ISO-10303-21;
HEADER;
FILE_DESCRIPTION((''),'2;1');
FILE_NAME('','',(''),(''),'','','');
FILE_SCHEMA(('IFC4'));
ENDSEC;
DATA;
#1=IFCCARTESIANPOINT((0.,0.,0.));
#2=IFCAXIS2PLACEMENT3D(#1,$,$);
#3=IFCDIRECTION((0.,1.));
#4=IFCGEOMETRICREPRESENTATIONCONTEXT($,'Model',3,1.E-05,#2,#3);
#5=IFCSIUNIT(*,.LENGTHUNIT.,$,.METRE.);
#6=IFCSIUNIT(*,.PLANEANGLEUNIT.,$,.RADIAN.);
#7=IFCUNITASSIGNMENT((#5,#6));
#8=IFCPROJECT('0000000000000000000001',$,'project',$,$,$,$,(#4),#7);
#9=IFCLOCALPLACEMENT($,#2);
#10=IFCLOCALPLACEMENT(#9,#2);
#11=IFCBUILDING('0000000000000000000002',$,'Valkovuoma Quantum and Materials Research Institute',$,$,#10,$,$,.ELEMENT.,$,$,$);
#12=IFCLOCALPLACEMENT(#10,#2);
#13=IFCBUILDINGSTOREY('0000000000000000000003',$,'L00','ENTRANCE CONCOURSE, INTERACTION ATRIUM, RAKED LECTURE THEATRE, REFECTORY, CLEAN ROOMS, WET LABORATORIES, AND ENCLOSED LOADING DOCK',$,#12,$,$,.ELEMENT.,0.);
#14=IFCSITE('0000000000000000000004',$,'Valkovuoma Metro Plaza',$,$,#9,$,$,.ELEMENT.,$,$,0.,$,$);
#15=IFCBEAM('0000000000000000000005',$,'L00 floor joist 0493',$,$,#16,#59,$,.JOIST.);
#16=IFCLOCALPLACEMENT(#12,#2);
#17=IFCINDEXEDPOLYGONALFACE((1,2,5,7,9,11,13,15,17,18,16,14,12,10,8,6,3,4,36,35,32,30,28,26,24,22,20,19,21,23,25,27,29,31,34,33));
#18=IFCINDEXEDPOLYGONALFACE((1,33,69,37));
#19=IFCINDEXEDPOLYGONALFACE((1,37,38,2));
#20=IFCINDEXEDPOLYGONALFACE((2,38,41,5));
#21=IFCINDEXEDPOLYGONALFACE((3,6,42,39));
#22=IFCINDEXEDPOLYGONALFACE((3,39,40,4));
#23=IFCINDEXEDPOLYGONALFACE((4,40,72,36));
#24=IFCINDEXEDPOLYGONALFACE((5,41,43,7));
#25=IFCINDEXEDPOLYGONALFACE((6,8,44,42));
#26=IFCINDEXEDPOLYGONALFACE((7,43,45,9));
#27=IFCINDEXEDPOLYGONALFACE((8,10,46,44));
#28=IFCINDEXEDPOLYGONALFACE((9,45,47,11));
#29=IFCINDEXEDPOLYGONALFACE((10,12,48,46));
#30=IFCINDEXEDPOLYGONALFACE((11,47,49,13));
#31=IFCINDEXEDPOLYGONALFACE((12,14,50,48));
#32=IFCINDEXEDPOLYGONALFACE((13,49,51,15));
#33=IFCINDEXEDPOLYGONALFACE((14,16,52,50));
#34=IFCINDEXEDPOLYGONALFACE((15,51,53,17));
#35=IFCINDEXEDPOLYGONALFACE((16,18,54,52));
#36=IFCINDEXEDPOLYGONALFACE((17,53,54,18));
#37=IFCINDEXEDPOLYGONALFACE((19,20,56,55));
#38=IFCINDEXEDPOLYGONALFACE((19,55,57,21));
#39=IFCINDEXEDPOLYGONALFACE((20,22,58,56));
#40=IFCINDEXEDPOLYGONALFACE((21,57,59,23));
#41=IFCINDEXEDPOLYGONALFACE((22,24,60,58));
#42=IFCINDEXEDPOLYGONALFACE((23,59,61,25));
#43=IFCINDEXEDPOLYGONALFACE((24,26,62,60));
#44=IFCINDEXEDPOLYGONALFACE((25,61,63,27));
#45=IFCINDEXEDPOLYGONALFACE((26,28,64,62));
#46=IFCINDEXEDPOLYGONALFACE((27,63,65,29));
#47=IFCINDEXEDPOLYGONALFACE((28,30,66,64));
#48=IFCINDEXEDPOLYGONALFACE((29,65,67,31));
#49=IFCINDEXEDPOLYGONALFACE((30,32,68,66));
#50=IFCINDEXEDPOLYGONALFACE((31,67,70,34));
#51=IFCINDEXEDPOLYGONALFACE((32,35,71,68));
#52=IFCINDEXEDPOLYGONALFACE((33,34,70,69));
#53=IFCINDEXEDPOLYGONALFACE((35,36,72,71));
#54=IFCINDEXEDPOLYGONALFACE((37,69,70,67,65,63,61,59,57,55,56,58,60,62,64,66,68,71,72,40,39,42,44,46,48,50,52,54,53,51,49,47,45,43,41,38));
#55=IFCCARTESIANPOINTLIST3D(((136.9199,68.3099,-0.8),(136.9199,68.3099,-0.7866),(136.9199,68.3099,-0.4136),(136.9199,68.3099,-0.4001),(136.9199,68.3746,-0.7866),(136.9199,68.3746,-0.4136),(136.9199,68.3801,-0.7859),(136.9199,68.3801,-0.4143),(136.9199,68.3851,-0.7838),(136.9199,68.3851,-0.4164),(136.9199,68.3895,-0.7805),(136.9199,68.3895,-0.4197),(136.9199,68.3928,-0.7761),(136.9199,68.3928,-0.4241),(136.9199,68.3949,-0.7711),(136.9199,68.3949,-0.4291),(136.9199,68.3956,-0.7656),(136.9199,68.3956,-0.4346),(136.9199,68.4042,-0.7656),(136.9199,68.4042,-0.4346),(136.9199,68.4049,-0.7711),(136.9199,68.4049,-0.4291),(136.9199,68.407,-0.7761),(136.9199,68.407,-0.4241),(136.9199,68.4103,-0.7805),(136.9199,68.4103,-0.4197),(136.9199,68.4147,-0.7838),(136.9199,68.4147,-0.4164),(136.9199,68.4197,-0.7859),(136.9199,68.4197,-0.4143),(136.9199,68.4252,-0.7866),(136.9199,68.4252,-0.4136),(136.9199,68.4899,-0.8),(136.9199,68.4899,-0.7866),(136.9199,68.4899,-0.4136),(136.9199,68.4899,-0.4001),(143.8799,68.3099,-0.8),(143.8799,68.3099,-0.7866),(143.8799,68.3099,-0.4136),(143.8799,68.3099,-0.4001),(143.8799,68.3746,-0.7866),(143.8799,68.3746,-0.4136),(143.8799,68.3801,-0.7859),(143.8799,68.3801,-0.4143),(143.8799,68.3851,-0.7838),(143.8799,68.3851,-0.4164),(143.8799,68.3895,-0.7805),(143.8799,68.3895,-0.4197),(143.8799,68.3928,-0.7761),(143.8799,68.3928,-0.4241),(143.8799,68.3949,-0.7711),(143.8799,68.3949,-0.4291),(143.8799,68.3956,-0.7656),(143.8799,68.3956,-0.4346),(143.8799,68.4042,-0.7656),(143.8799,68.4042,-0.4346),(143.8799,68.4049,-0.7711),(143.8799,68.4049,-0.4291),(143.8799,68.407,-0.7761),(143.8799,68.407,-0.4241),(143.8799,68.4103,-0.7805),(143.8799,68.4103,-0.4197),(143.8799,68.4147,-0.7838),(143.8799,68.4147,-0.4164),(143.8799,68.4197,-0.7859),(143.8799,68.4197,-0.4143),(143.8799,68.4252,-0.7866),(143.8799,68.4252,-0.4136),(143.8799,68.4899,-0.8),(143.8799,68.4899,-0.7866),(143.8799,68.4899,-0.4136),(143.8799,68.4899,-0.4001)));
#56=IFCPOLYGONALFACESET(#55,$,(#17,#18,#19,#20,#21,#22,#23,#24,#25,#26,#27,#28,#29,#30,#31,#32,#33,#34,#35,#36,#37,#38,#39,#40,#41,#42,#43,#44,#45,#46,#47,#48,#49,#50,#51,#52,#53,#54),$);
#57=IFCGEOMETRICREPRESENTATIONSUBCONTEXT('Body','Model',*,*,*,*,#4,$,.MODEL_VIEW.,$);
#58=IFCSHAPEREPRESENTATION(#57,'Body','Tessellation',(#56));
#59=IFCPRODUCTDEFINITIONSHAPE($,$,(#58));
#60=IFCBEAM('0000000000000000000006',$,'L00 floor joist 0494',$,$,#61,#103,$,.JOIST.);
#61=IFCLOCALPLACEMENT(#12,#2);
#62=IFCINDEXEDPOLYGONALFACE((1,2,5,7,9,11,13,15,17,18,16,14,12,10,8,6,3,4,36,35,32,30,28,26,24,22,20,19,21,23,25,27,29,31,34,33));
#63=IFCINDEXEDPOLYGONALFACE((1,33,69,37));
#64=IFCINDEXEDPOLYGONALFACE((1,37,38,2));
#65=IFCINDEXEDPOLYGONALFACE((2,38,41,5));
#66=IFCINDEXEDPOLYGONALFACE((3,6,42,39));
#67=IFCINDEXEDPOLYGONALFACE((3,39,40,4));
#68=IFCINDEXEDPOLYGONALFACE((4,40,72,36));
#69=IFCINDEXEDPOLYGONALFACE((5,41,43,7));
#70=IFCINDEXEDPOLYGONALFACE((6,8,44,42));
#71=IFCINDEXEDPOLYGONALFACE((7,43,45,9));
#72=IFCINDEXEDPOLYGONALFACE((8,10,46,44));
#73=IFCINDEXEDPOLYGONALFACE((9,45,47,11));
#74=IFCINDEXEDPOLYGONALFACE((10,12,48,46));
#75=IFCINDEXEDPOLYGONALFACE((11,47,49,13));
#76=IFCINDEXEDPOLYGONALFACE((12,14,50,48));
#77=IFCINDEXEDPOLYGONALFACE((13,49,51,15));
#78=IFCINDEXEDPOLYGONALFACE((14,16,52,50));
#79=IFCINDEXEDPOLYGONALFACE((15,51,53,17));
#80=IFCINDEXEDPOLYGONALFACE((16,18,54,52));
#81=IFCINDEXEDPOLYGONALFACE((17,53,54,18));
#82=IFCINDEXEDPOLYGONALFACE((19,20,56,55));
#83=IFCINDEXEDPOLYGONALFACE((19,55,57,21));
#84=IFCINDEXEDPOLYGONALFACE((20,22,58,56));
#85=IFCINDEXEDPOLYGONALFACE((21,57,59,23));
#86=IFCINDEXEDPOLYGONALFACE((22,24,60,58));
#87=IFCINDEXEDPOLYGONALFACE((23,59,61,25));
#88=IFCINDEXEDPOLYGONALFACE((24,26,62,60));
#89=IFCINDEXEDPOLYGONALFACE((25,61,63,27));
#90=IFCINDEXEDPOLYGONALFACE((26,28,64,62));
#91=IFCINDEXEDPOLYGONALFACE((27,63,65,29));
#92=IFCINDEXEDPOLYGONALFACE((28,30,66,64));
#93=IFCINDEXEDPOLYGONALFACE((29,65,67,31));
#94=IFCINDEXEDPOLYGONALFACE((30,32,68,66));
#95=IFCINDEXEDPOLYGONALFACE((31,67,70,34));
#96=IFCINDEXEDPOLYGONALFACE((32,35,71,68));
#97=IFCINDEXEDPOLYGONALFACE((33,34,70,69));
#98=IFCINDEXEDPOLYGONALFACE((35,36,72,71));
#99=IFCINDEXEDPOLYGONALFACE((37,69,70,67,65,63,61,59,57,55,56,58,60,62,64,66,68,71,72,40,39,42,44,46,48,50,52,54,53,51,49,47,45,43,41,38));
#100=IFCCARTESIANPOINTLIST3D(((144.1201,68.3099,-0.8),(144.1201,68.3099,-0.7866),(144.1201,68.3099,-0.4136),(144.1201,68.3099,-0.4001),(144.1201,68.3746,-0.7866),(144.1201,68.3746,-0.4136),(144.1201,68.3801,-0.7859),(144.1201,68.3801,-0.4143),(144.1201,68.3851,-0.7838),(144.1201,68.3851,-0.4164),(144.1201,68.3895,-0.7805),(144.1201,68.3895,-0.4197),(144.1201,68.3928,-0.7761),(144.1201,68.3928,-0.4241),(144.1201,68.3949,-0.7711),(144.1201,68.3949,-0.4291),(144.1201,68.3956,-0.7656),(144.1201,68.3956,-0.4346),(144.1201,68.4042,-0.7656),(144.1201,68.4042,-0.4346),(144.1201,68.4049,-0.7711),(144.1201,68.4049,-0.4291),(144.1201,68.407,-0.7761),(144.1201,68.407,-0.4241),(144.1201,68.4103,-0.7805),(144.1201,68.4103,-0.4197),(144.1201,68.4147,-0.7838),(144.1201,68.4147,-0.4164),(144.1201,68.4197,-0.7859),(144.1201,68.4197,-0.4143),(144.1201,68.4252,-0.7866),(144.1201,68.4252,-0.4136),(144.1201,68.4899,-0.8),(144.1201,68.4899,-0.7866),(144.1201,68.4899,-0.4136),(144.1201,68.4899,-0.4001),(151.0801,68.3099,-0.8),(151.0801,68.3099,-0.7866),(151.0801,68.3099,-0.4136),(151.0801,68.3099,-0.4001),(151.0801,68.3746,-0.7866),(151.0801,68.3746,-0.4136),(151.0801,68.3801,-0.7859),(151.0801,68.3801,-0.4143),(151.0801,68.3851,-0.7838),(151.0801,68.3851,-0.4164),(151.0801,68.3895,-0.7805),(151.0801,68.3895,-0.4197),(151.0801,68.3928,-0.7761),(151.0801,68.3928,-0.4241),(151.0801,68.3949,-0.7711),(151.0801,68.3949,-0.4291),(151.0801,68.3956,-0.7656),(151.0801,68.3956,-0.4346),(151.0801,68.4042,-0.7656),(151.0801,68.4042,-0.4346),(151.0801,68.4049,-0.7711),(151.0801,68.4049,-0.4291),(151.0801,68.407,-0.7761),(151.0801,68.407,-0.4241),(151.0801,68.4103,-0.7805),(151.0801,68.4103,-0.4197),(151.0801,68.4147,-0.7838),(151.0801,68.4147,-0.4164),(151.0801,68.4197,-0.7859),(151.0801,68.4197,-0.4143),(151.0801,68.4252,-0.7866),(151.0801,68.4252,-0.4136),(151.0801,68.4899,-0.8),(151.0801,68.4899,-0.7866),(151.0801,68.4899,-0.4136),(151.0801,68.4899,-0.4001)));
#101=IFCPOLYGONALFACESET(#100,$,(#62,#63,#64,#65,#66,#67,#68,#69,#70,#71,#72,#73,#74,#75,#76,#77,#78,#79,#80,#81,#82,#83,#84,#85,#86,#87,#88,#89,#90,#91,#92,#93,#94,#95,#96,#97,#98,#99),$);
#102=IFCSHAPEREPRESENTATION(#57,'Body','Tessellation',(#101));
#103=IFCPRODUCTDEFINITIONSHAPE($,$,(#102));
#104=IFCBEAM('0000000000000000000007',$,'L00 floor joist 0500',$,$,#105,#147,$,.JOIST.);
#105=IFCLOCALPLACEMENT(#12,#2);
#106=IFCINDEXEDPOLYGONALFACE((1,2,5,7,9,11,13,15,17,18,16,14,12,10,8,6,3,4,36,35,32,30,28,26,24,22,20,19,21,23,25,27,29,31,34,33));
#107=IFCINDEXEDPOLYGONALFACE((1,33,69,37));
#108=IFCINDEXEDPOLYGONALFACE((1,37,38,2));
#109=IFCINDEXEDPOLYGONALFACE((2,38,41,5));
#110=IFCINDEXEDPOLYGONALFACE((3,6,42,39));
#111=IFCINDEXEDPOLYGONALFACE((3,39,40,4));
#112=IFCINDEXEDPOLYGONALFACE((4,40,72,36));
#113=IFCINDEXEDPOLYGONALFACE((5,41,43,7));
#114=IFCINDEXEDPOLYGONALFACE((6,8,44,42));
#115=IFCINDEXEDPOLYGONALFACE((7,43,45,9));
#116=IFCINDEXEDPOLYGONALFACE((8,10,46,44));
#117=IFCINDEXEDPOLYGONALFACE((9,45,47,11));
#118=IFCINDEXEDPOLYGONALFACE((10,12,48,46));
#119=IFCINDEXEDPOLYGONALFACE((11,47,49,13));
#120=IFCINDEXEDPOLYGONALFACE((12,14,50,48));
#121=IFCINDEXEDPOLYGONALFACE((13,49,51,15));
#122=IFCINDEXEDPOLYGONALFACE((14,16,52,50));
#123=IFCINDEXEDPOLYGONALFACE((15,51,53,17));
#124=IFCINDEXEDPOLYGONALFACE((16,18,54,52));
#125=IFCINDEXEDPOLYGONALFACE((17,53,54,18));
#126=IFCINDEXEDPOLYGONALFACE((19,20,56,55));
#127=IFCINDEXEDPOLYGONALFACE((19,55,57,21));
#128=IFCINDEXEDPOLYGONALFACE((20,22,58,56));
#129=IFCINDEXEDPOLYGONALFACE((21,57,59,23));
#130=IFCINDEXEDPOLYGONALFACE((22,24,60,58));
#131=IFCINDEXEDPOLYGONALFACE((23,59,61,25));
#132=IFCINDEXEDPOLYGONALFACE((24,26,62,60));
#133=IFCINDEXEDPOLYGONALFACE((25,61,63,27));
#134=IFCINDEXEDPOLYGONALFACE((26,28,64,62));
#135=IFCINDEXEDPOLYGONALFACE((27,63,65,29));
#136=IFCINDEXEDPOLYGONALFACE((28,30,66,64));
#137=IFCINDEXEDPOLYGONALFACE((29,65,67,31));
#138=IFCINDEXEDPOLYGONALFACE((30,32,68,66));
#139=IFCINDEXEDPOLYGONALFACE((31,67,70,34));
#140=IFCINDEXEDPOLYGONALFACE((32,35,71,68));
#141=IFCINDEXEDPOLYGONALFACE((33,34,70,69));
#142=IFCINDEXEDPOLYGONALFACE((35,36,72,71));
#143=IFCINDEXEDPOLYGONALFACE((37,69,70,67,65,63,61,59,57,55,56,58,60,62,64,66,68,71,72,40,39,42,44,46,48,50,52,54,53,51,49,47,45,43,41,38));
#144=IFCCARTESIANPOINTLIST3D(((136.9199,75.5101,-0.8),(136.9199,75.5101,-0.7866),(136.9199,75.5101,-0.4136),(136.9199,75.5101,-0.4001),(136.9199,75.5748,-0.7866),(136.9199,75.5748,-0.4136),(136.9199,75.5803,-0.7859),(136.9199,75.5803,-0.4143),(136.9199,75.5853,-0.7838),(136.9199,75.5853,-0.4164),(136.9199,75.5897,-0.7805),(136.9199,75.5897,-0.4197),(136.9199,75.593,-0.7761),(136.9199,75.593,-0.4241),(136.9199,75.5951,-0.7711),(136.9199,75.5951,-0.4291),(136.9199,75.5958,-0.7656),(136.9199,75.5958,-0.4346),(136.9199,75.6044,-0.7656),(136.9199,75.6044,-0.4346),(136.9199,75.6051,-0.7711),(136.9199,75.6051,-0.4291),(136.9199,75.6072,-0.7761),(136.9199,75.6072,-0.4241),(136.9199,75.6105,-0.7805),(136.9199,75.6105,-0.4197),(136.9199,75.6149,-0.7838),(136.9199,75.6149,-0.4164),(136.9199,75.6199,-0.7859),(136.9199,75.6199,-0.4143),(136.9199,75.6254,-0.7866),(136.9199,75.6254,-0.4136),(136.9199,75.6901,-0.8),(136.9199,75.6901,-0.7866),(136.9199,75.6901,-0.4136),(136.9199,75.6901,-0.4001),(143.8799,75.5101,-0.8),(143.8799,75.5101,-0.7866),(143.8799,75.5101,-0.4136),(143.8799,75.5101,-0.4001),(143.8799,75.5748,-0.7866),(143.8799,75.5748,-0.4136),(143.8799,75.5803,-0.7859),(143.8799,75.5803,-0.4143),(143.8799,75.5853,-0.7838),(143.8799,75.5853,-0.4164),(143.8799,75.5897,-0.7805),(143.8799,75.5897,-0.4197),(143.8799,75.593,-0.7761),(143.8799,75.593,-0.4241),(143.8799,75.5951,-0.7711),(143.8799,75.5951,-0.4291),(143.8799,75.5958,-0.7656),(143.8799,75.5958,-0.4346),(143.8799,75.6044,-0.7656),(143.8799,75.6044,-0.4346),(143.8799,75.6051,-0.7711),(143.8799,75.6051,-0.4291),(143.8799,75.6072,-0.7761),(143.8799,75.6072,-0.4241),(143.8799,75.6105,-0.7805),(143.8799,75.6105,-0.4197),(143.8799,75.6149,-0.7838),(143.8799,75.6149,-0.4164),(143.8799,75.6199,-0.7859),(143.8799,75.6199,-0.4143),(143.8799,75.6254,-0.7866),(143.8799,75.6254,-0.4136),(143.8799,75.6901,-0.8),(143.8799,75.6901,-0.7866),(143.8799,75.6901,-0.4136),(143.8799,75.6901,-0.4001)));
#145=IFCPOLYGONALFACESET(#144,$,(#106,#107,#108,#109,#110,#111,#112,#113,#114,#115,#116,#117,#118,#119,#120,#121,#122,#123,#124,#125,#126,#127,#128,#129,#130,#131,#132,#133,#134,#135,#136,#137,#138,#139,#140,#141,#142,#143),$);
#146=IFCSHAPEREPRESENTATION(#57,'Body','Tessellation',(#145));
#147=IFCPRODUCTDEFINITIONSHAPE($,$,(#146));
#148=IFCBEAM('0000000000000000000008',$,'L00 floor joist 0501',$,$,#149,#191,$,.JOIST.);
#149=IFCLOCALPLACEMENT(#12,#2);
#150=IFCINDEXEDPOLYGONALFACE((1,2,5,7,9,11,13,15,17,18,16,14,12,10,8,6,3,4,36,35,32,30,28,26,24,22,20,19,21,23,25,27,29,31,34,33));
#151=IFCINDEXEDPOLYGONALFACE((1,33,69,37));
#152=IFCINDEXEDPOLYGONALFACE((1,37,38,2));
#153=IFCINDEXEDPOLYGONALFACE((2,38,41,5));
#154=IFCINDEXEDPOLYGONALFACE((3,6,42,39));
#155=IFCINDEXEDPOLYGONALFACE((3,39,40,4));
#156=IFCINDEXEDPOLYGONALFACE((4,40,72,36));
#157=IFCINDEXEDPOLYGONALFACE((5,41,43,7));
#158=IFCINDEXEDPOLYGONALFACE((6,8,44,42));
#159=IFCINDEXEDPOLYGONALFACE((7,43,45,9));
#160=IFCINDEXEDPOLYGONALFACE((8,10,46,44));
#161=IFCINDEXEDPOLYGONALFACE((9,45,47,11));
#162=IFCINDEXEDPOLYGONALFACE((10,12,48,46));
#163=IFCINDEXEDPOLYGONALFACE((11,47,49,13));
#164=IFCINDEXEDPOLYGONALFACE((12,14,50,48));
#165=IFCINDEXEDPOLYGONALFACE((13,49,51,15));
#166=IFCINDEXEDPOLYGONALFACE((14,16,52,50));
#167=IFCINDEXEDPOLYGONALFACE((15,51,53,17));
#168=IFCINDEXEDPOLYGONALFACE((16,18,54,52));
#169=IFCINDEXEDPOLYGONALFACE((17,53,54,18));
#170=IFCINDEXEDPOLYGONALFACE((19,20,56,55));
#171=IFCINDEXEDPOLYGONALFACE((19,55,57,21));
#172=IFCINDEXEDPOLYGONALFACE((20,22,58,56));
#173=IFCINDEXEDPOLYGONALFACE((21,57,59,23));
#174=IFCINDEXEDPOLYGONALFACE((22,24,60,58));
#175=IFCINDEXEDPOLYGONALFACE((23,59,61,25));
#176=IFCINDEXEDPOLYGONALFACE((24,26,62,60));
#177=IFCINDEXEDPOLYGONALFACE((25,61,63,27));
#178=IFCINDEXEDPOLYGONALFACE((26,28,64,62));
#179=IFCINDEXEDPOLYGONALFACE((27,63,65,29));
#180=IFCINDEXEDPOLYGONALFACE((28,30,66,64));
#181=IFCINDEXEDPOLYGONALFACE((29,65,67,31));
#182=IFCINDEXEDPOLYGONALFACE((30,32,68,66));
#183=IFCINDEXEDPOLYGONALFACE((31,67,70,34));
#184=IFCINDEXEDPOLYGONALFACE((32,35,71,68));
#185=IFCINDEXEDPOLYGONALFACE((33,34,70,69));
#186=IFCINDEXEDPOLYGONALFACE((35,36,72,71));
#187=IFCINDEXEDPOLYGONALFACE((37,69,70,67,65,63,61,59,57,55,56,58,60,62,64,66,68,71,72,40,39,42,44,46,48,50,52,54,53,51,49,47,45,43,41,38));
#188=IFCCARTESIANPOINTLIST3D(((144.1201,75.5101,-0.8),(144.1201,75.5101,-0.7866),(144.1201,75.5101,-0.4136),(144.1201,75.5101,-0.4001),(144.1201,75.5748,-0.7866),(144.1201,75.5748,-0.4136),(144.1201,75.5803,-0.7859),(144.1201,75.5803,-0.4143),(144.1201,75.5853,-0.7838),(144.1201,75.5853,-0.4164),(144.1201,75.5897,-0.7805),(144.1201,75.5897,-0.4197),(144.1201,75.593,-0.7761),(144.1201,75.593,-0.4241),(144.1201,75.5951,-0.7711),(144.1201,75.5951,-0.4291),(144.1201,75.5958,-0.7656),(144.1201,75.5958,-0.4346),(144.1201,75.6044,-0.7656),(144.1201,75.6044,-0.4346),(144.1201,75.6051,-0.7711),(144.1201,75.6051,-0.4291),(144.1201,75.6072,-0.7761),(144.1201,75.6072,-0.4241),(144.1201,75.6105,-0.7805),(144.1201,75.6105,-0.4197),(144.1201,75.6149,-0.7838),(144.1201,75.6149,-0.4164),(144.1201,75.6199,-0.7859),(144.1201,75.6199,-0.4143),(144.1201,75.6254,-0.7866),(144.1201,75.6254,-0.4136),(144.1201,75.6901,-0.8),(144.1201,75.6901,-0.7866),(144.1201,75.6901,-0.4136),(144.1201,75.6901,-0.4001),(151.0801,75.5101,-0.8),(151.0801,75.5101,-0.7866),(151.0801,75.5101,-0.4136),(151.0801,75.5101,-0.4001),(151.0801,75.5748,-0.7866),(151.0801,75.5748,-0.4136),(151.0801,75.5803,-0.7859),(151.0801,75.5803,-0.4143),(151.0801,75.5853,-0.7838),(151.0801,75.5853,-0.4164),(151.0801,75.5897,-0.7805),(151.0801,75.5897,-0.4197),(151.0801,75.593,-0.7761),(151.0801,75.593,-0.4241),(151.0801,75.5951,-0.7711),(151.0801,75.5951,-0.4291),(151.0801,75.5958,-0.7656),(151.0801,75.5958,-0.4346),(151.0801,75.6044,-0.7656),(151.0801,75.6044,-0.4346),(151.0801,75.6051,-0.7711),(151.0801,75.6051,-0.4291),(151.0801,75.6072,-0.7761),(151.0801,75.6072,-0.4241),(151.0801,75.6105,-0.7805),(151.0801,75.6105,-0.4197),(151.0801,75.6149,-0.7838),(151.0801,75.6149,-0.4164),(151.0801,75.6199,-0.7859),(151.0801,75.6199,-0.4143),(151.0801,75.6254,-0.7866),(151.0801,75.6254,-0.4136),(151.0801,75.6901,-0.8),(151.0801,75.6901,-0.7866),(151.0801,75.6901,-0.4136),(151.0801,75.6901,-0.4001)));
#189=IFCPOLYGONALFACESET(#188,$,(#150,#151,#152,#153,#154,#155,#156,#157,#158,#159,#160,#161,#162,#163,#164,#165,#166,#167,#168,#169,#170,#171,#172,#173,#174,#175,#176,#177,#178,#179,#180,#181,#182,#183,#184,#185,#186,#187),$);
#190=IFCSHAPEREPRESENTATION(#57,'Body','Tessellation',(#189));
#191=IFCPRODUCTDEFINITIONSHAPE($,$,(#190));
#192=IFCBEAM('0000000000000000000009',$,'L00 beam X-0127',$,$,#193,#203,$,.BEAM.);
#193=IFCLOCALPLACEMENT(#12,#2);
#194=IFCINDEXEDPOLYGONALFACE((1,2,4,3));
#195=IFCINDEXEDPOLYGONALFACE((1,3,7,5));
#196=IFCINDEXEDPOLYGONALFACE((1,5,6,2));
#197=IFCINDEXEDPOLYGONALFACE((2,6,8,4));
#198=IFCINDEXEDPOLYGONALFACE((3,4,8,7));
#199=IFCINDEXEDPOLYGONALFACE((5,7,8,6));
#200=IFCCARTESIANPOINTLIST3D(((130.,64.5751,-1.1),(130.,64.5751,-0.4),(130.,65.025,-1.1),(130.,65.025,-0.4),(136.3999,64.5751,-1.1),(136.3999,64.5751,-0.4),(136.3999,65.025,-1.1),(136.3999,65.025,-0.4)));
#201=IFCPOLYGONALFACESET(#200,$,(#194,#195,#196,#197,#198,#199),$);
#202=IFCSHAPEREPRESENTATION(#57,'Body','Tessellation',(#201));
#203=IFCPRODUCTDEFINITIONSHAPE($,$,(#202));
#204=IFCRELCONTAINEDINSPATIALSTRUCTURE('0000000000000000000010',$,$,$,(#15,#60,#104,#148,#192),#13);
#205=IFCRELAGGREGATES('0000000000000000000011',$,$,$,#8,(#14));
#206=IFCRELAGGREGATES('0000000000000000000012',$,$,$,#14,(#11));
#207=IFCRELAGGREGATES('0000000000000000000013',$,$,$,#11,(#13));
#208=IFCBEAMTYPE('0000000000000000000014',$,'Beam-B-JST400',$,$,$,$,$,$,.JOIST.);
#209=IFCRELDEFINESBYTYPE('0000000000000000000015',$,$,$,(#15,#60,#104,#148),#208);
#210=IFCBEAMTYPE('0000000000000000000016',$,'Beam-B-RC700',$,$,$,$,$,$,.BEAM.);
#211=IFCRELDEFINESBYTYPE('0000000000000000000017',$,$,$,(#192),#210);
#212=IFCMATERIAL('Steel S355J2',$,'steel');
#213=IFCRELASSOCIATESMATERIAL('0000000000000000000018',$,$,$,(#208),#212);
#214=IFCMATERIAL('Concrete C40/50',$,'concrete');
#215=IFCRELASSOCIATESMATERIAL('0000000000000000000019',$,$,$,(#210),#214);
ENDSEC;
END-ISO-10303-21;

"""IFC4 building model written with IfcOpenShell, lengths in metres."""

from ifc_helpers import new_model, si_unit, direction, frame, origin, origin_2d, place, context, subcontext, project, spatial, rectangle, i_section, extrude, material, material_profile, profile_set, type_object, element, save


model = new_model("IFC4")

# Units and contexts
model_context = context("Model", 3, precision=1e-05, world=origin(), true_north=direction((0.0, 1.0)))
body_context = subcontext(model_context, "Body", "Model", "MODEL_VIEW")
ifc_project = project(units=[si_unit("LENGTHUNIT", "METRE"), si_unit("PLANEANGLEUNIT", "RADIAN")], contexts=[model_context])

# Site, building, storey
site_placement = place(None, origin())
site = spatial("IfcSite", under=ifc_project, at=site_placement, Name="Valkovuoma Metro Plaza", CompositionType="ELEMENT", RefElevation=0.0)
building_placement = place(site_placement, origin())
building = spatial("IfcBuilding", under=site, at=building_placement, Name="Valkovuoma Quantum and Materials Research Institute", CompositionType="ELEMENT")
storey_placement = place(building_placement, origin())
storey = spatial("IfcBuildingStorey", under=building, at=storey_placement, Name="L00", Description="ENTRANCE CONCOURSE, INTERACTION ATRIUM, RAKED LECTURE THEATRE, REFECTORY, CLEAN ROOMS, WET LABORATORIES, AND ENCLOSED LOADING DOCK", CompositionType="ELEMENT", Elevation=0.0)

# Beams
ifc_material_1 = material(Name="Steel S355J2", Category="steel")
ifc_material_profile_1 = material_profile(ifc_material_1, i_section(OverallWidth=0.1799, OverallDepth=0.3999, WebThickness=0.0085, FlangeThickness=0.0134, FilletRadius=0.021, at=origin_2d()), Name="Steel S355J2")
ifc_profile_set_1 = profile_set([ifc_material_profile_1], Name="Steel S355J2")
beam_type_1 = type_object("IfcBeamType", Name="Beam-B-JST400", PredefinedType="JOIST", material=ifc_profile_set_1)
for number, where, z_axis, x_axis, name in (
    (1, (136.9199, 68.3999, -0.6001), (1.0, 0.0, 0.0), (0.0, 1.0, 0.0), "L00 floor joist 0493"),
    (2, (144.1201, 68.3999, -0.6001), (1.0, 0.0, 0.0), (0.0, 1.0, 0.0), "L00 floor joist 0494"),
    (3, (136.9199, 75.6001, -0.6001), (1.0, 0.0, 0.0), (0.0, 1.0, 0.0), "L00 floor joist 0500"),
    (4, (144.1201, 75.6001, -0.6001), (1.0, 0.0, 0.0), (0.0, 1.0, 0.0), "L00 floor joist 0501"),
):
    element("IfcBeam", number, at=place(storey_placement, frame(where, z_axis=z_axis, x_axis=x_axis)), inside=storey, type_object=beam_type_1, Name=name, PredefinedType="JOIST", context=body_context, shape_type="SweptSolid", body=[
        extrude(i_section(OverallWidth=0.1799, OverallDepth=0.3999, WebThickness=0.0085, FlangeThickness=0.0134, FilletRadius=0.021, at=origin_2d()), origin(), (0.0, 0.0, 1.0), 6.96),
    ])
ifc_material_2 = material(Name="Concrete C40/50", Category="concrete")
ifc_material_profile_2 = material_profile(ifc_material_2, rectangle(XDim=0.45, YDim=0.7, at=origin_2d()), Name="Concrete C40/50")
ifc_profile_set_2 = profile_set([ifc_material_profile_2], Name="Concrete C40/50")
beam_type_2 = type_object("IfcBeamType", Name="Beam-B-RC700", PredefinedType="BEAM", material=ifc_profile_set_2)
beam_1_placement = place(storey_placement, frame((130.0, 64.8, -0.75), z_axis=(1.0, 0.0, 0.0), x_axis=(0.0, 1.0, 0.0)))
element("IfcBeam", 5, at=beam_1_placement, inside=storey, type_object=beam_type_2, Name="L00 beam X-0127", PredefinedType="BEAM", context=body_context, shape_type="SweptSolid", body=[
    extrude(rectangle(XDim=0.45, YDim=0.7, at=origin_2d()), origin(), (0.0, 0.0, 1.0), 6.3999),
])

save(model, "model.ifc")
